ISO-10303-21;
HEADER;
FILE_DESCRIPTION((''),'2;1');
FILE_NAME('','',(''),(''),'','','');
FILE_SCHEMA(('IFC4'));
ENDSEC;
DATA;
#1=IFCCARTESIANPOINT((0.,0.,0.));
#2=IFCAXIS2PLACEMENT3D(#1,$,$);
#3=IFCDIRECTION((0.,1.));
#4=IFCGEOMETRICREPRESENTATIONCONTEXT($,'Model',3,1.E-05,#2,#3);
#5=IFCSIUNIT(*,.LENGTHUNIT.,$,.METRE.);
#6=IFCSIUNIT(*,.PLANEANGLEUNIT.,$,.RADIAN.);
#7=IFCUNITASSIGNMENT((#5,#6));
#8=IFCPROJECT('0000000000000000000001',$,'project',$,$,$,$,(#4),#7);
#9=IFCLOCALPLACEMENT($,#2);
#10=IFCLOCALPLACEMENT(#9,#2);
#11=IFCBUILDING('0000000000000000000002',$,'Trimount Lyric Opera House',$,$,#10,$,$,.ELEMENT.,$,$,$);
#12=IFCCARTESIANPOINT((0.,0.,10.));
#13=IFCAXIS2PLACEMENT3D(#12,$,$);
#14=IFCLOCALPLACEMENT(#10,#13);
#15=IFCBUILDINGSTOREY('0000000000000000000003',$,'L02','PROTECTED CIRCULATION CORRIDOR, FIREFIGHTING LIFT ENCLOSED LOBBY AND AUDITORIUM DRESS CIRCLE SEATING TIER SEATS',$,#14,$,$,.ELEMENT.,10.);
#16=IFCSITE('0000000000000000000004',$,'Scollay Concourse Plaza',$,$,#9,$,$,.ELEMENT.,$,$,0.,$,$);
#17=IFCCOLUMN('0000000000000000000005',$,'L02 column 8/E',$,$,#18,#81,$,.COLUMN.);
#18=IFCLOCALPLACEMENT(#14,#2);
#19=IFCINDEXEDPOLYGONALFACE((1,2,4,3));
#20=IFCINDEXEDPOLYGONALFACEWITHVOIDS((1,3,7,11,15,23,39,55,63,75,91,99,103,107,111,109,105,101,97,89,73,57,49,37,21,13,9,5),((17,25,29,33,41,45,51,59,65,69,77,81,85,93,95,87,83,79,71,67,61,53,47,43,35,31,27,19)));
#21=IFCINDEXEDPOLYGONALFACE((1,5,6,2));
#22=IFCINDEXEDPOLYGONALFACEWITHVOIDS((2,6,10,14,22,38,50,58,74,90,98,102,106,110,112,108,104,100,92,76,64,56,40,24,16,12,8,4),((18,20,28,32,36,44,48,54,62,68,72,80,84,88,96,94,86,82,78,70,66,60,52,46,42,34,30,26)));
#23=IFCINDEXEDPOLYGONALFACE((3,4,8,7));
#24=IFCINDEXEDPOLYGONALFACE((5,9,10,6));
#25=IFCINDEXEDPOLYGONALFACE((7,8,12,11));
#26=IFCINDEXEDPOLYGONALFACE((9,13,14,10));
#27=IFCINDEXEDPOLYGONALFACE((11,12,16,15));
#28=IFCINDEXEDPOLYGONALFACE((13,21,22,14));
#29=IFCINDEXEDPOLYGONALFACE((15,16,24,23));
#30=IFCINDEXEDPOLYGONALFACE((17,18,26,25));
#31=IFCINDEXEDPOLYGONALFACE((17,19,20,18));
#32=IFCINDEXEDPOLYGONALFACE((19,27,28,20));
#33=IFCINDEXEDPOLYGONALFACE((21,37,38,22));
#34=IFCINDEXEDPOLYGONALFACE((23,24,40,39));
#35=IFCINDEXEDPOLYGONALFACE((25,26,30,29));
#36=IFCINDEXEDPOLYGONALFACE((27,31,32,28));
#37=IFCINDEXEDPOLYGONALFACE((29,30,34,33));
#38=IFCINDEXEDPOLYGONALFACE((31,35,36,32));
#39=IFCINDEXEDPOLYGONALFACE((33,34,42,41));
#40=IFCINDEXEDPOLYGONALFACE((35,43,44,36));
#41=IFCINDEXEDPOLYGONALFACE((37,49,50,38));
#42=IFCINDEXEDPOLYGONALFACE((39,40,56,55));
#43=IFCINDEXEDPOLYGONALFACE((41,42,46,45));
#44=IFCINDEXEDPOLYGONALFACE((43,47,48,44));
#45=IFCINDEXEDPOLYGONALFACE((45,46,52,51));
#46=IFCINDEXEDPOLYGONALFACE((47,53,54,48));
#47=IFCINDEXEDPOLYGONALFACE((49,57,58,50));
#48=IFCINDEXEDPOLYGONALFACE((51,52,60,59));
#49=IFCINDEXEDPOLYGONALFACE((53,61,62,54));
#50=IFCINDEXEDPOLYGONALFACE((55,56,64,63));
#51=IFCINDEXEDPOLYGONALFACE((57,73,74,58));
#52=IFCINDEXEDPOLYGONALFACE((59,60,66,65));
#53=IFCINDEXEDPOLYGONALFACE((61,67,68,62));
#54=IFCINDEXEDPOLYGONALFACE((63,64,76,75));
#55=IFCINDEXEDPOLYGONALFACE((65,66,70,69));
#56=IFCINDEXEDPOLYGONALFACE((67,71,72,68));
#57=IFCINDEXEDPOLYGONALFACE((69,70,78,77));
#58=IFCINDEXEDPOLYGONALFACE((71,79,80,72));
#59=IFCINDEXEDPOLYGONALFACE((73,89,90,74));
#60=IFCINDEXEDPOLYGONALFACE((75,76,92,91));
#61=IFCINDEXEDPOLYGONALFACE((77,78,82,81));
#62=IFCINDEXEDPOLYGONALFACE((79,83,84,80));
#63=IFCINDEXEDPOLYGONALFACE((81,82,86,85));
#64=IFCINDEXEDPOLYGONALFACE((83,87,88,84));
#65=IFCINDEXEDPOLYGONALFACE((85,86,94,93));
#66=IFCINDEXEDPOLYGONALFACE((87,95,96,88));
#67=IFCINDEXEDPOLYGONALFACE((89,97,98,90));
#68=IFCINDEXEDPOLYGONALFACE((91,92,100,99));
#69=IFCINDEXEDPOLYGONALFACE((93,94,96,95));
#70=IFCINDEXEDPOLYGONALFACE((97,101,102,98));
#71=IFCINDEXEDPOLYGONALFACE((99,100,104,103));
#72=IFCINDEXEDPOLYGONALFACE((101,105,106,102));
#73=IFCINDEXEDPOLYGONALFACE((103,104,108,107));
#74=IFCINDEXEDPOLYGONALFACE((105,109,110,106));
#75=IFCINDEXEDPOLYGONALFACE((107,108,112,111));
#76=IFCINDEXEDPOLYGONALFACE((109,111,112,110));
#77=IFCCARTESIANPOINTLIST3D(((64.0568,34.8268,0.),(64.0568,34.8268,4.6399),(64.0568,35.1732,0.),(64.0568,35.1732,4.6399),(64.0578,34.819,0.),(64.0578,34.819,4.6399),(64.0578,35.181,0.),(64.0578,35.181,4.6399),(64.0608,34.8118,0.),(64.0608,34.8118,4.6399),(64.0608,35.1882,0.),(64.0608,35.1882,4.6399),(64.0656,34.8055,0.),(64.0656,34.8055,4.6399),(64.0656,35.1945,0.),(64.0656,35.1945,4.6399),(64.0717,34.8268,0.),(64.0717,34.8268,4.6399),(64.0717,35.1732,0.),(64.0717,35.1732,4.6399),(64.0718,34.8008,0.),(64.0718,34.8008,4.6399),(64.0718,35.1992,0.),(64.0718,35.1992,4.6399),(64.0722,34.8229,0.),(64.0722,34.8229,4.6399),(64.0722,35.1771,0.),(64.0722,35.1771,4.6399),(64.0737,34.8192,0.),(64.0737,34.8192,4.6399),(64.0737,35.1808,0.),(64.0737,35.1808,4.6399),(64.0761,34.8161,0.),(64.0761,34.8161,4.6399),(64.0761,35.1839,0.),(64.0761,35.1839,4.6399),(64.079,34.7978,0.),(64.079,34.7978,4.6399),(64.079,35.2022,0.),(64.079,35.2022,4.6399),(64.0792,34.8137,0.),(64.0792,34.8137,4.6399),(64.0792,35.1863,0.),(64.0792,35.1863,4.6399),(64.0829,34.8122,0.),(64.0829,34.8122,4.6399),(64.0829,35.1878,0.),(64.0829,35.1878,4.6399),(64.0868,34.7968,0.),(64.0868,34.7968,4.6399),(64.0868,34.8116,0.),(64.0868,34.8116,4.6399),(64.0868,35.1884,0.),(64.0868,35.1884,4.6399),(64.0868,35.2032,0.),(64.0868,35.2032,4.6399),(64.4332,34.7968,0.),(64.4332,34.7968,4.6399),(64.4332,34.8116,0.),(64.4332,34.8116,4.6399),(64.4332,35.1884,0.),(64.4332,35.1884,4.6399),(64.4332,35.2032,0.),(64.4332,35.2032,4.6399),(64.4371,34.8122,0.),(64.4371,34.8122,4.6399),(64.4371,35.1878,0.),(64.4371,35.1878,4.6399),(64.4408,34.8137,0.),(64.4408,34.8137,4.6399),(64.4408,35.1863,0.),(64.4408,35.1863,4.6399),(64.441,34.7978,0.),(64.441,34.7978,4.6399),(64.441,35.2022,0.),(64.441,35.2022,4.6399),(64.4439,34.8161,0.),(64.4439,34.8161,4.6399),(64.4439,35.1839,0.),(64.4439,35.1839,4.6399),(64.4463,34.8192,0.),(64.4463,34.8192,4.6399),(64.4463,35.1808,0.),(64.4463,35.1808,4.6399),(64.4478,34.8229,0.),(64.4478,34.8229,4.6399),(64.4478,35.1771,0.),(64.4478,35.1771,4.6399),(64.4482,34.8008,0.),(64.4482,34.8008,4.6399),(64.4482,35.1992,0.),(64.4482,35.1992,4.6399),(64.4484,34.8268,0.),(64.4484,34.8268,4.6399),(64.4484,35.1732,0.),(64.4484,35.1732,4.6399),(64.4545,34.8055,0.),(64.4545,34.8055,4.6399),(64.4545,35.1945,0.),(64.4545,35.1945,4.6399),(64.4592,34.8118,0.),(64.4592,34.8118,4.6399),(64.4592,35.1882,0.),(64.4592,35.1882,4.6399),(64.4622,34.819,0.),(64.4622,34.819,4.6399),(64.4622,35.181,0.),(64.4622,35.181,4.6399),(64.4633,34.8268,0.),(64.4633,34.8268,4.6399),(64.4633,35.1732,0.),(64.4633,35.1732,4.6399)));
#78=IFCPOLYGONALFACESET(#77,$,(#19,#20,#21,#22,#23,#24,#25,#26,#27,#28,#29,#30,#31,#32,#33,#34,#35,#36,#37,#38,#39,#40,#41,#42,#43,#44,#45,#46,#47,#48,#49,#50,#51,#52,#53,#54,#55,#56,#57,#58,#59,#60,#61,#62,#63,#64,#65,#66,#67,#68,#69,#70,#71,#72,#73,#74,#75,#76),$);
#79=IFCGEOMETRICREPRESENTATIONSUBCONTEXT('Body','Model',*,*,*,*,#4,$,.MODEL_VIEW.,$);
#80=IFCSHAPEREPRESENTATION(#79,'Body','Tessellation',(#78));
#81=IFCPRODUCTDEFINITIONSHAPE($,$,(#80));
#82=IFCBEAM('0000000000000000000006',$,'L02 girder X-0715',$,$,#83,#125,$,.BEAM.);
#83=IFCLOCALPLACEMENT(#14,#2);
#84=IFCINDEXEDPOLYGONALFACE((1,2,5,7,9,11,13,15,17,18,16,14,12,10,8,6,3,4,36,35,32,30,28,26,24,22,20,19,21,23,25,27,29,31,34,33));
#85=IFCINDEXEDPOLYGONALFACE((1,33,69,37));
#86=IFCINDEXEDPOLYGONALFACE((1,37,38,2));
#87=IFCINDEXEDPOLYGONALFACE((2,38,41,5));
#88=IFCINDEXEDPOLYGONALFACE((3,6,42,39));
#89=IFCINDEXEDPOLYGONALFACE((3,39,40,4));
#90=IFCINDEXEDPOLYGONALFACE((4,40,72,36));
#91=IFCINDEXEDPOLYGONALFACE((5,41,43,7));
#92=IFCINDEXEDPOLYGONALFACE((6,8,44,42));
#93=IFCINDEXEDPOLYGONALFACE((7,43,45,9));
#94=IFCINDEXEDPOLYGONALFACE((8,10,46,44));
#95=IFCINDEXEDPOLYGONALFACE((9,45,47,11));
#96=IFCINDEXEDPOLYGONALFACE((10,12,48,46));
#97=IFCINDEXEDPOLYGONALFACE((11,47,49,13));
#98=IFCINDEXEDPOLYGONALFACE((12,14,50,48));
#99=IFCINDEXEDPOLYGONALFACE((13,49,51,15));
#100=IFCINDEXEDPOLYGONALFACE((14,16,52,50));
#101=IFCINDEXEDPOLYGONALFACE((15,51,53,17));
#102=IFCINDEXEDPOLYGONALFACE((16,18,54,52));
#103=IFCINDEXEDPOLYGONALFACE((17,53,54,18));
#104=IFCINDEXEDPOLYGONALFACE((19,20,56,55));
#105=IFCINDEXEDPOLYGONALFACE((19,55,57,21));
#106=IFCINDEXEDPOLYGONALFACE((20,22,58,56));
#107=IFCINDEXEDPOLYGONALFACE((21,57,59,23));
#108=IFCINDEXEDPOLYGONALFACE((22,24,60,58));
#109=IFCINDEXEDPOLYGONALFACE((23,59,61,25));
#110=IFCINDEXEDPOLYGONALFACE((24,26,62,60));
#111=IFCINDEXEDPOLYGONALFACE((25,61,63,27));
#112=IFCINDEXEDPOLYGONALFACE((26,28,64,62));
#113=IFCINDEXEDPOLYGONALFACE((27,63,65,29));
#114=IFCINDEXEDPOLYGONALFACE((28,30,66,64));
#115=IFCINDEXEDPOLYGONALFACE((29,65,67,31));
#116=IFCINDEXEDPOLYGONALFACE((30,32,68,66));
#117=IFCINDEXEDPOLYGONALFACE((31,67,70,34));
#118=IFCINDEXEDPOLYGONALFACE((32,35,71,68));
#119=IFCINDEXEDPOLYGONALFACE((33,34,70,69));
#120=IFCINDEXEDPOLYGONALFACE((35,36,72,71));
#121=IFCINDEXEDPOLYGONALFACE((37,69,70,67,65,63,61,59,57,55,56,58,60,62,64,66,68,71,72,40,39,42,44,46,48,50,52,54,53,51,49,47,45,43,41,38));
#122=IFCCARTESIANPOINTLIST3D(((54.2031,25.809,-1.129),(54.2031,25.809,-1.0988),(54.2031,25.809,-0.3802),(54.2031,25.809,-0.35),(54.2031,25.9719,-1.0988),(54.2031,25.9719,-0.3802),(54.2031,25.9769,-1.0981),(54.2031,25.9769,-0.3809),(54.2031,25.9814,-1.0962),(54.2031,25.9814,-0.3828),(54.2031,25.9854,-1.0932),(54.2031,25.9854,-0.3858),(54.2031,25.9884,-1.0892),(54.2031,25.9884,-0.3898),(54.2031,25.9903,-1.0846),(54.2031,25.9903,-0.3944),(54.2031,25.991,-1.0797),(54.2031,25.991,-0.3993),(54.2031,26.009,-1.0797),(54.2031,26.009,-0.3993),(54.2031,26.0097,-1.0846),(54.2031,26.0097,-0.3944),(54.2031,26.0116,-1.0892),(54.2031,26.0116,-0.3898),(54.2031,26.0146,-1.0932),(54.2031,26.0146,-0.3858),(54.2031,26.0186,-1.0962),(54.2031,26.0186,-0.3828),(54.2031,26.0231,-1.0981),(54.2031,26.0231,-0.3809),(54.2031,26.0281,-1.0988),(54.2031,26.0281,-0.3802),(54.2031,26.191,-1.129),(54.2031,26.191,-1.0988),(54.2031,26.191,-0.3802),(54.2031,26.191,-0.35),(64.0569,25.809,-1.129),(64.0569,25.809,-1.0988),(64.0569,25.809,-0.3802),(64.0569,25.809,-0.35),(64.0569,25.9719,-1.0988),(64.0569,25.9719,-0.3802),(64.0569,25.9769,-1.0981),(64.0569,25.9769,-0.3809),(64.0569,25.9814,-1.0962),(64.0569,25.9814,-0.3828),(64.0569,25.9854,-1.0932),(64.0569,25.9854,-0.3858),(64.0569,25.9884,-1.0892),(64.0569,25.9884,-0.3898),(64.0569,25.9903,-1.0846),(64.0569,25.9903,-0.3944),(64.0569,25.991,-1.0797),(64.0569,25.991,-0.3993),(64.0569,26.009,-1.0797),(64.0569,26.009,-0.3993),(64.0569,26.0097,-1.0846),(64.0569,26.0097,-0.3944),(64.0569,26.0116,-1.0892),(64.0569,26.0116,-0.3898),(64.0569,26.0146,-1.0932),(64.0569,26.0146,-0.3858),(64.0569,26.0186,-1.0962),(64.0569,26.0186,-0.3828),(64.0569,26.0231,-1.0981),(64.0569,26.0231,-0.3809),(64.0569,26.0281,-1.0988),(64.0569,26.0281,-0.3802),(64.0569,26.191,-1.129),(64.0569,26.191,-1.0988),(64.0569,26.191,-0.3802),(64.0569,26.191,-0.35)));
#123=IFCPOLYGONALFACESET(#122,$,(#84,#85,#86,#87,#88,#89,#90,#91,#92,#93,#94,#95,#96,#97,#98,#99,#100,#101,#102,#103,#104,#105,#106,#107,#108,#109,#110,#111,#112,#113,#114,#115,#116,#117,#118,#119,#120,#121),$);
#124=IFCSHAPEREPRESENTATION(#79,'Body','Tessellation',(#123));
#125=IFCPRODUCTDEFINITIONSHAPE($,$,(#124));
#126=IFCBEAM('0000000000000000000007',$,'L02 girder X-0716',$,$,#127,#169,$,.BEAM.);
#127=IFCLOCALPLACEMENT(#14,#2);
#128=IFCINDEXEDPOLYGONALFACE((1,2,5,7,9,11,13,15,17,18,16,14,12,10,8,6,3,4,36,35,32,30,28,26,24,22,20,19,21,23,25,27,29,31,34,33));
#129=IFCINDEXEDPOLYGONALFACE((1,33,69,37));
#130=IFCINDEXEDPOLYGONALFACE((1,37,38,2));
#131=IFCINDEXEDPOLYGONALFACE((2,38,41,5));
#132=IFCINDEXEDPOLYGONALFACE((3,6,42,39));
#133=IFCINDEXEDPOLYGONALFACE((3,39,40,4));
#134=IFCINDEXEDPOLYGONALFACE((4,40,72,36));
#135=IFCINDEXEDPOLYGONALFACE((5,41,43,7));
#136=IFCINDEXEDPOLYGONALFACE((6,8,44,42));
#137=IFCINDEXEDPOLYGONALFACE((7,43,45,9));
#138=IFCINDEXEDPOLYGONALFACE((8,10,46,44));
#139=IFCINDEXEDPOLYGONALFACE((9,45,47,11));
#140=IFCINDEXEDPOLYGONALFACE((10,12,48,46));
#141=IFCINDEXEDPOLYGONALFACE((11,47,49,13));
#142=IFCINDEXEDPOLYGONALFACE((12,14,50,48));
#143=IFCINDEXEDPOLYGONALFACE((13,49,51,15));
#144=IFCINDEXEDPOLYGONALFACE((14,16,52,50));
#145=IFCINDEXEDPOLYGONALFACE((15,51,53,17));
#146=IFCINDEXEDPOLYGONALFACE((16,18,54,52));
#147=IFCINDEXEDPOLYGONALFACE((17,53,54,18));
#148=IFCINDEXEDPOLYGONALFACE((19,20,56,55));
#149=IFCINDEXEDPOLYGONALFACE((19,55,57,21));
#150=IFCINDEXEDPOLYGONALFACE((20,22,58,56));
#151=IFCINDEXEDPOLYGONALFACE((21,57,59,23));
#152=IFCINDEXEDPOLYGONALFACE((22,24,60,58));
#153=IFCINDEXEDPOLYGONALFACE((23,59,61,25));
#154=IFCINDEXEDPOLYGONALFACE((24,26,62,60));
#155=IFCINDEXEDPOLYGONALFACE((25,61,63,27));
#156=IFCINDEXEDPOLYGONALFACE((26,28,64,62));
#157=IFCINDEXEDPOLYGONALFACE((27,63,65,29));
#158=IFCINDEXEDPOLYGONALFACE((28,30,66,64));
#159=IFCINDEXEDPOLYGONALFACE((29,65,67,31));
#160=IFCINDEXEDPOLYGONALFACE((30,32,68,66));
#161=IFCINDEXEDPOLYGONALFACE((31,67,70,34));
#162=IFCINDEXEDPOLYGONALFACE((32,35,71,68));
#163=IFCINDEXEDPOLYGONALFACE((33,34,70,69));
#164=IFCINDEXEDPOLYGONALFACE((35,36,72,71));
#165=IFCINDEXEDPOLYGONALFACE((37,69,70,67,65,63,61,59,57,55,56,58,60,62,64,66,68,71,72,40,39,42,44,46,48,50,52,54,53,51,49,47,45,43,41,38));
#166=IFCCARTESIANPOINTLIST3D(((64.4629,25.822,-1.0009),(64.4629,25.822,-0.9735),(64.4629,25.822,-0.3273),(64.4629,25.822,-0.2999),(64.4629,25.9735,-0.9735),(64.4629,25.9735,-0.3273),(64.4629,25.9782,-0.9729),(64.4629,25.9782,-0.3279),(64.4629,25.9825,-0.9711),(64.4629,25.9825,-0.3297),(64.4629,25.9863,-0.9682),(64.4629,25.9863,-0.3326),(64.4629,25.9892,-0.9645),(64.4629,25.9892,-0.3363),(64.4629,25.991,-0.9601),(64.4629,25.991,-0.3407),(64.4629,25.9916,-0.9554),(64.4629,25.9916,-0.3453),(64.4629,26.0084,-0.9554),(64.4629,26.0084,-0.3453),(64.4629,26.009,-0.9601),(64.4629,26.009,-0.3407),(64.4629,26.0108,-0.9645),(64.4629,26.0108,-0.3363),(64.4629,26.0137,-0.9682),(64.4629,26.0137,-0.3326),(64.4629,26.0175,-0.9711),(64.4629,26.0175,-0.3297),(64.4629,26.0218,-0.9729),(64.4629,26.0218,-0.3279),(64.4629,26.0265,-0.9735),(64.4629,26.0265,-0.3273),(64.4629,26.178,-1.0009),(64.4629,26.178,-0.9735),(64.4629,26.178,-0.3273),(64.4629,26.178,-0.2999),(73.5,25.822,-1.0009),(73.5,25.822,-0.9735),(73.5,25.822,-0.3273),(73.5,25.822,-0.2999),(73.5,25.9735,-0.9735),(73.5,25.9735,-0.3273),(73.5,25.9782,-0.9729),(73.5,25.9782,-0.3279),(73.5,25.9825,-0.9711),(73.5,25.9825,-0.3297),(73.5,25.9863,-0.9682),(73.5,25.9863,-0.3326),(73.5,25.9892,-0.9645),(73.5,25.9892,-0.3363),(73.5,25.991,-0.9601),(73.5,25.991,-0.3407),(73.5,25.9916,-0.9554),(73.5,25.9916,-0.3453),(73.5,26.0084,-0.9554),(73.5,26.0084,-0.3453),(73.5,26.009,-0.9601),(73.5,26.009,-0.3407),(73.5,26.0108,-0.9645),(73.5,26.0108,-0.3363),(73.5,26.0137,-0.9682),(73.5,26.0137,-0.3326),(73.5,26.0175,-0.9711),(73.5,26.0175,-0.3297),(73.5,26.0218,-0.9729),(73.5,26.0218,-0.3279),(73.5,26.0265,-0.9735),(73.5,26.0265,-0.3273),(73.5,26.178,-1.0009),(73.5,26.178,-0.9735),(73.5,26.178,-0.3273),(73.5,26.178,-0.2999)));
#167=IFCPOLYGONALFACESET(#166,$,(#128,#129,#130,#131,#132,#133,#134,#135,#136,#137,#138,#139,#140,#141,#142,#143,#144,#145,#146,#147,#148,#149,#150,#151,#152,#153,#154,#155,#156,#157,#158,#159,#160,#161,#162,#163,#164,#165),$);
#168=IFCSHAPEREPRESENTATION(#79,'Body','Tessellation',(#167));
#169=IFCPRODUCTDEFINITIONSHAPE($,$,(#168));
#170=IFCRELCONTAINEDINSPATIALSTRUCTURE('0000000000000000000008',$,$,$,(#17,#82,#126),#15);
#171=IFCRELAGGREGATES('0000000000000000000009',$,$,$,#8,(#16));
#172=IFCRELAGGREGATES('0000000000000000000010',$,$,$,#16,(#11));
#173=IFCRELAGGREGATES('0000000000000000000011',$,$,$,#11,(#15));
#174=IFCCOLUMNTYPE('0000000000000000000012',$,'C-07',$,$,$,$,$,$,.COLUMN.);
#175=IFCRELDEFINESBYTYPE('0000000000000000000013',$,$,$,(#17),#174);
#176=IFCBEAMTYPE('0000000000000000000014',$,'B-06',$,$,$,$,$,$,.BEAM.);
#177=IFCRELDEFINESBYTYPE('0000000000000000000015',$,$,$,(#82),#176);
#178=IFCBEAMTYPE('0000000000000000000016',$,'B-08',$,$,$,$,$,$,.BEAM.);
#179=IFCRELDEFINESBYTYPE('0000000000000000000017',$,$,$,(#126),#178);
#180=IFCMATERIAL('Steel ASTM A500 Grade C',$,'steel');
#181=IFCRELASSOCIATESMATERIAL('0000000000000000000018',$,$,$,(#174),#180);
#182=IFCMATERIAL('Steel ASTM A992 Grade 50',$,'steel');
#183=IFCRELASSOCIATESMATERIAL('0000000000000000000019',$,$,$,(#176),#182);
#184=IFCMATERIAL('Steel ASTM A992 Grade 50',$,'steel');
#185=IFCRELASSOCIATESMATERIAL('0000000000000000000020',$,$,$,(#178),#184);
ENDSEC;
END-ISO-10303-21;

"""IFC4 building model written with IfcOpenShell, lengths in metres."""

from ifc_helpers import new_model, si_unit, direction, frame, origin, origin_2d, place, context, subcontext, project, spatial, hollow_rectangle, i_section, extrude, material, material_profile, profile_set, type_object, element, save


model = new_model("IFC4")

# Units and contexts
model_context = context("Model", 3, precision=1e-05, world=origin(), true_north=direction((0.0, 1.0)))
body_context = subcontext(model_context, "Body", "Model", "MODEL_VIEW")
ifc_project = project(units=[si_unit("LENGTHUNIT", "METRE"), si_unit("PLANEANGLEUNIT", "RADIAN")], contexts=[model_context])

# Site, building, storey
site_placement = place(None, origin())
site = spatial("IfcSite", under=ifc_project, at=site_placement, Name="Scollay Concourse Plaza", CompositionType="ELEMENT", RefElevation=0.0)
building_placement = place(site_placement, origin())
building = spatial("IfcBuilding", under=site, at=building_placement, Name="Trimount Lyric Opera House", CompositionType="ELEMENT")
storey_placement = place(building_placement, frame((0.0, 0.0, 10.0)))
storey = spatial("IfcBuildingStorey", under=building, at=storey_placement, Name="L02", Description="PROTECTED CIRCULATION CORRIDOR, FIREFIGHTING LIFT ENCLOSED LOBBY AND AUDITORIUM DRESS CIRCLE SEATING TIER SEATS", CompositionType="ELEMENT", Elevation=10.0)

# Column
ifc_material_1 = material(Name="Steel ASTM A500 Grade C", Category="steel")
ifc_material_profile_1 = material_profile(ifc_material_1, hollow_rectangle(XDim=0.4065, YDim=0.4065, WallThickness=0.0149, InnerFilletRadius=0.0151, OuterFilletRadius=0.03, at=origin_2d()), Name="HSS406.4X406.4X15.9")
ifc_profile_set_1 = profile_set([ifc_material_profile_1], Name="Steel ASTM A500 Grade C")
column_type_1 = type_object("IfcColumnType", Name="C-07", PredefinedType="COLUMN", material=ifc_profile_set_1)
column_1_placement = place(storey_placement, frame((64.26, 35.0, 0.0), z_axis=(0.0, 0.0, 1.0), x_axis=(1.0, 0.0, 0.0)))
element("IfcColumn", 1, at=column_1_placement, inside=storey, type_object=column_type_1, Name="L02 column 8/E", PredefinedType="COLUMN", context=body_context, shape_type="SweptSolid", body=[
    extrude(hollow_rectangle(XDim=0.4065, YDim=0.4065, WallThickness=0.0149, InnerFilletRadius=0.0151, OuterFilletRadius=0.03, at=origin_2d()), origin(), (0.0, 0.0, 1.0), 4.6399),
])

# Beams
ifc_material_2 = material(Name="Steel ASTM A992 Grade 50", Category="steel")
ifc_material_profile_2 = material_profile(ifc_material_2, i_section(OverallWidth=0.3821, OverallDepth=0.7791, WebThickness=0.0181, FlangeThickness=0.0303, FilletRadius=0.019, at=origin_2d()), Name="W30X191")
ifc_profile_set_2 = profile_set([ifc_material_profile_2], Name="Steel ASTM A992 Grade 50")
beam_type_1 = type_object("IfcBeamType", Name="B-06", PredefinedType="BEAM", material=ifc_profile_set_2)
beam_1_placement = place(storey_placement, frame((54.2031, 26.0, -0.7395), z_axis=(1.0, 0.0, 0.0), x_axis=(0.0, 1.0, 0.0)))
element("IfcBeam", 2, at=beam_1_placement, inside=storey, type_object=beam_type_1, Name="L02 girder X-0715", PredefinedType="BEAM", context=body_context, shape_type="SweptSolid", body=[
    extrude(i_section(OverallWidth=0.3821, OverallDepth=0.7791, WebThickness=0.0181, FlangeThickness=0.0303, FilletRadius=0.019, at=origin_2d()), origin(), (0.0, 0.0, 1.0), 9.8538),
])
ifc_material_3 = material(Name="Steel ASTM A992 Grade 50", Category="steel")
ifc_material_profile_3 = material_profile(ifc_material_3, i_section(OverallWidth=0.356, OverallDepth=0.7009, WebThickness=0.0168, FlangeThickness=0.0273, FilletRadius=0.0181, at=origin_2d()), Name="W27X161")
ifc_profile_set_3 = profile_set([ifc_material_profile_3], Name="Steel ASTM A992 Grade 50")
beam_type_2 = type_object("IfcBeamType", Name="B-08", PredefinedType="BEAM", material=ifc_profile_set_3)
beam_2_placement = place(storey_placement, frame((64.4629, 26.0, -0.6504), z_axis=(1.0, 0.0, 0.0), x_axis=(0.0, 1.0, 0.0)))
element("IfcBeam", 3, at=beam_2_placement, inside=storey, type_object=beam_type_2, Name="L02 girder X-0716", PredefinedType="BEAM", context=body_context, shape_type="SweptSolid", body=[
    extrude(i_section(OverallWidth=0.356, OverallDepth=0.7009, WebThickness=0.0168, FlangeThickness=0.0273, FilletRadius=0.0181, at=origin_2d()), origin(), (0.0, 0.0, 1.0), 9.0371),
])

save(model, "model.ifc")
